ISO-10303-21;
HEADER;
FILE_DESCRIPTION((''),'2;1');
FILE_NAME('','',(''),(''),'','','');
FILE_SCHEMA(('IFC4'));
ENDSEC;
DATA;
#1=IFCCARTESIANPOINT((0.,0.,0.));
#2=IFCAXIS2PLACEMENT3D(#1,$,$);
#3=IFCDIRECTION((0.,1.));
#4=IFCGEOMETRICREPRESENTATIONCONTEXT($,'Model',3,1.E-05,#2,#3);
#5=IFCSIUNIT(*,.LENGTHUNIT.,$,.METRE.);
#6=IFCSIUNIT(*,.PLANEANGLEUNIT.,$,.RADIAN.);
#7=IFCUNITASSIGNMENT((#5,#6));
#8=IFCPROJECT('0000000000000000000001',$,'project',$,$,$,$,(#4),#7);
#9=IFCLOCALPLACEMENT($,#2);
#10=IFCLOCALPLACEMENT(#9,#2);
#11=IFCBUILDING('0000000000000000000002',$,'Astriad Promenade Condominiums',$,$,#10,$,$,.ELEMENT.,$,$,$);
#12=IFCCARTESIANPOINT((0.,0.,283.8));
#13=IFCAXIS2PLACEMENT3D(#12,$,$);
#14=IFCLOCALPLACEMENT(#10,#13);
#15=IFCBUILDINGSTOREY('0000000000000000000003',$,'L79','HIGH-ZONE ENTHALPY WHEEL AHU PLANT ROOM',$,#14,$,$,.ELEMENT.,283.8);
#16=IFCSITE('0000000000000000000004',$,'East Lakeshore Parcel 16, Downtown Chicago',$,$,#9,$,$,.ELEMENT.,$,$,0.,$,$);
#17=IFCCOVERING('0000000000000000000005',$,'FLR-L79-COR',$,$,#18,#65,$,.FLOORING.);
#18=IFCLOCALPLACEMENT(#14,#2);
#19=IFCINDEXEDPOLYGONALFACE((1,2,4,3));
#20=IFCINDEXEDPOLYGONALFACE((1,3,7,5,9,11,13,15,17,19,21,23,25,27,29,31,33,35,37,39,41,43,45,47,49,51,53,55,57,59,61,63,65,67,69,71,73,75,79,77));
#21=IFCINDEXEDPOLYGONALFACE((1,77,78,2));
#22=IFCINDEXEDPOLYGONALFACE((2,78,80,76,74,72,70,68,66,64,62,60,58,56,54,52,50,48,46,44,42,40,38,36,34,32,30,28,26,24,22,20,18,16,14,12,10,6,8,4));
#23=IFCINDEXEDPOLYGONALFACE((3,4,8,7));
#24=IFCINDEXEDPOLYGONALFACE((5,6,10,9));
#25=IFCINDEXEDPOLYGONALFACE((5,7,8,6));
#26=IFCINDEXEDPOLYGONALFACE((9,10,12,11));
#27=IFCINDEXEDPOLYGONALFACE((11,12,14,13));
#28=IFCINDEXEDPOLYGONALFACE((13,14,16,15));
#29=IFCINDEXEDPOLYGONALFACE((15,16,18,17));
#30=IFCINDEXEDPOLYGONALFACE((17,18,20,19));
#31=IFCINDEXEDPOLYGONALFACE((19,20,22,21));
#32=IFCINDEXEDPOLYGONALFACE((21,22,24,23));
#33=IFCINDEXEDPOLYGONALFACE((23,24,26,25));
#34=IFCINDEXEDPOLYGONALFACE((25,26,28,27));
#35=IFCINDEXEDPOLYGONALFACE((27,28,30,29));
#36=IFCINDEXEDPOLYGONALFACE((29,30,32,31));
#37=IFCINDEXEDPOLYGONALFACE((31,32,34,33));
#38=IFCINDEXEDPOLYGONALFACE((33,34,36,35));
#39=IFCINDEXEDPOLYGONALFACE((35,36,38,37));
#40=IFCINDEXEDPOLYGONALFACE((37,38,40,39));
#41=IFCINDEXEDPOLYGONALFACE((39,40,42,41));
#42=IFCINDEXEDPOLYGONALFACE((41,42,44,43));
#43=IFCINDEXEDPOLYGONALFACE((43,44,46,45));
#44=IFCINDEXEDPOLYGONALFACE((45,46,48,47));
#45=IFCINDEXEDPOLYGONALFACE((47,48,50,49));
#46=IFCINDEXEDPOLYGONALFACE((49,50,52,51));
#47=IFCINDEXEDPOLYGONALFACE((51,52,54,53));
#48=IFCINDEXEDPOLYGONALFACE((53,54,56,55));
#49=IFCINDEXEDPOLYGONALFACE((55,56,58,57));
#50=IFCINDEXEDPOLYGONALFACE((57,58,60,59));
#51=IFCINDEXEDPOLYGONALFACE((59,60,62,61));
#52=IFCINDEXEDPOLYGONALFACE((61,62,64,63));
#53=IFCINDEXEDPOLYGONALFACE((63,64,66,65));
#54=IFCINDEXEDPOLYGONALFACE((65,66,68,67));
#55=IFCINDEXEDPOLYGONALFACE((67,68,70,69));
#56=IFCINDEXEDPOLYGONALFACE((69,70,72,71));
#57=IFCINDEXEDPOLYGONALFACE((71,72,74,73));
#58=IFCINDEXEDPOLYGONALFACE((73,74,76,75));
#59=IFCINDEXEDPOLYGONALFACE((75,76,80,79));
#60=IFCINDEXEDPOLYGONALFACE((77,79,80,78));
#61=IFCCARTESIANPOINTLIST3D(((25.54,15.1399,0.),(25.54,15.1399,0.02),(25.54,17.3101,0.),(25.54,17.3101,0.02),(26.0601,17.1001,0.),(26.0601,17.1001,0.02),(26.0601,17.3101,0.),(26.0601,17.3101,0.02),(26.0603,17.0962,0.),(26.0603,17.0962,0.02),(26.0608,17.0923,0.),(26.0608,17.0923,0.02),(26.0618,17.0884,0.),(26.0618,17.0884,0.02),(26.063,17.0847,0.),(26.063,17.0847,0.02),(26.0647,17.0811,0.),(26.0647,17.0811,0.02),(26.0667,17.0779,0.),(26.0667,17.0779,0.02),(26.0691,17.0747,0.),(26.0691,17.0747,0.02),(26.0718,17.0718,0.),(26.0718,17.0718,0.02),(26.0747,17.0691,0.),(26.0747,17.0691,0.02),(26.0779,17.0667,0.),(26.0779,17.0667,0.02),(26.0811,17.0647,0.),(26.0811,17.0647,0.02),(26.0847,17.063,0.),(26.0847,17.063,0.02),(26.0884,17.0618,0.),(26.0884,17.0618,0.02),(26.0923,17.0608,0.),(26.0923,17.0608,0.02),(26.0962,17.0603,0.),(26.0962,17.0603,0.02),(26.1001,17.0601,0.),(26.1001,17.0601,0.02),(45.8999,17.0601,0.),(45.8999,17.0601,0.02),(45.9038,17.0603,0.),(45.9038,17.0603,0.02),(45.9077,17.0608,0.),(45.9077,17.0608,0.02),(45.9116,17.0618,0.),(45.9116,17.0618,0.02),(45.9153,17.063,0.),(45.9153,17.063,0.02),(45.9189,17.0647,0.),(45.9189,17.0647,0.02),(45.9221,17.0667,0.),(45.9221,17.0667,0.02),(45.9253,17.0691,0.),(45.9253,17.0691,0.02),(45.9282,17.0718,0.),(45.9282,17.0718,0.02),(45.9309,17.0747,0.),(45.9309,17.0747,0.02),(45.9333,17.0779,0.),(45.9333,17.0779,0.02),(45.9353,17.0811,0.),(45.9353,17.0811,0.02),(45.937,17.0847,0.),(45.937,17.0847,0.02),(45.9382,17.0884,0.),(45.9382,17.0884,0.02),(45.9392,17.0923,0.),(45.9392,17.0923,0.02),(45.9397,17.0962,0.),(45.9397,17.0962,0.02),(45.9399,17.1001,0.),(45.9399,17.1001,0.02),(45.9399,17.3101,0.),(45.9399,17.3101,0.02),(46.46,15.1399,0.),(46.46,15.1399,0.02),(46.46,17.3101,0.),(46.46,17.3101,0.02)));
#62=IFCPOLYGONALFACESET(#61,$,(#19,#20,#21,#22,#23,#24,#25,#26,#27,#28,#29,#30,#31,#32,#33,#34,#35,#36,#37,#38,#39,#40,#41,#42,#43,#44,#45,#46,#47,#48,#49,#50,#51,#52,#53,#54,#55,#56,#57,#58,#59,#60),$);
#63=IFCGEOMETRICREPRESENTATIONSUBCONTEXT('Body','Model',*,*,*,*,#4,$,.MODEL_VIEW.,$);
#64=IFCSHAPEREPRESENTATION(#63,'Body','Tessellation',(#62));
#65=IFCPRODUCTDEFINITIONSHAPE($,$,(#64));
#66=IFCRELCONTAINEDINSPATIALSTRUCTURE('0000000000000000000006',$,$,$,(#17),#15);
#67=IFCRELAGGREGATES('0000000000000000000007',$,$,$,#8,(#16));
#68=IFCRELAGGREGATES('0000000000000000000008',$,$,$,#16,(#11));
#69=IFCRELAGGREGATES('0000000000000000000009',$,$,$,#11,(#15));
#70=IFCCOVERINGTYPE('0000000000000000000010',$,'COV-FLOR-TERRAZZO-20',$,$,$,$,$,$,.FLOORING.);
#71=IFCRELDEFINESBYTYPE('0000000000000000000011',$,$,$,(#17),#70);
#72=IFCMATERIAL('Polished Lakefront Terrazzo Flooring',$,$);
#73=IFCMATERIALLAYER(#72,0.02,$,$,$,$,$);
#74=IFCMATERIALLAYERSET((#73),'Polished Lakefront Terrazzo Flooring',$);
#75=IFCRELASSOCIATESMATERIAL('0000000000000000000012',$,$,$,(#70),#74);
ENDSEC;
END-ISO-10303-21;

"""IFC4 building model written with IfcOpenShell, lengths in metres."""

from ifc_helpers import new_model, si_unit, direction, frame, origin, place, context, subcontext, project, spatial, polyline, outline, extrude, material, layer, layer_set, type_object, element, save


model = new_model("IFC4")

# Units and contexts
model_context = context("Model", 3, precision=1e-05, world=origin(), true_north=direction((0.0, 1.0)))
body_context = subcontext(model_context, "Body", "Model", "MODEL_VIEW")
ifc_project = project(units=[si_unit("LENGTHUNIT", "METRE"), si_unit("PLANEANGLEUNIT", "RADIAN")], contexts=[model_context])

# Site, building, storey
site_placement = place(None, origin())
site = spatial("IfcSite", under=ifc_project, at=site_placement, Name="East Lakeshore Parcel 16, Downtown Chicago", CompositionType="ELEMENT", RefElevation=0.0)
building_placement = place(site_placement, origin())
building = spatial("IfcBuilding", under=site, at=building_placement, Name="Astriad Promenade Condominiums", CompositionType="ELEMENT")
storey_placement = place(building_placement, frame((0.0, 0.0, 283.8)))
storey = spatial("IfcBuildingStorey", under=building, at=storey_placement, Name="L79", Description="HIGH-ZONE ENTHALPY WHEEL AHU PLANT ROOM", CompositionType="ELEMENT", Elevation=283.8)

# Covering
ifc_material_1 = material(Name="Polished Lakefront Terrazzo Flooring")
ifc_layer_1 = layer(ifc_material_1, 0.02)
ifc_layer_set_1 = layer_set([ifc_layer_1], Name="Polished Lakefront Terrazzo Flooring")
covering_type_1 = type_object("IfcCoveringType", Name="COV-FLOR-TERRAZZO-20", PredefinedType="FLOORING", material=ifc_layer_set_1)
covering_1_placement = place(storey_placement, origin())
element("IfcCovering", 1, at=covering_1_placement, inside=storey, type_object=covering_type_1, Name="FLR-L79-COR", PredefinedType="FLOORING", context=body_context, shape_type="SweptSolid", body=[
    extrude(outline(polyline([(26.0601, 17.3101), (26.0601, 17.1001), (26.0603, 17.0962), (26.0608, 17.0923), (26.0618, 17.0884), (26.063, 17.0847), (26.0647, 17.0811), (26.0667, 17.0779), (26.0691, 17.0747), (26.0718, 17.0718), (26.0747, 17.0691), (26.0779, 17.0667), (26.0811, 17.0647), (26.0847, 17.063), (26.0884, 17.0618), (26.0923, 17.0608), (26.0962, 17.0603), (26.1001, 17.0601), (45.8999, 17.0601), (45.9038, 17.0603), (45.9077, 17.0608), (45.9116, 17.0618), (45.9153, 17.063), (45.9189, 17.0647), (45.9221, 17.0667), (45.9253, 17.0691), (45.9282, 17.0718), (45.9309, 17.0747), (45.9333, 17.0779), (45.9353, 17.0811), (45.937, 17.0847), (45.9382, 17.0884), (45.9392, 17.0923), (45.9397, 17.0962), (45.9399, 17.1001), (45.9399, 17.3101), (46.46, 17.3101), (46.46, 15.1399), (25.54, 15.1399), (25.54, 17.3101), (26.0601, 17.3101)])), origin(), (0.0, 0.0, 1.0), 0.02),
])

save(model, "model.ifc")
